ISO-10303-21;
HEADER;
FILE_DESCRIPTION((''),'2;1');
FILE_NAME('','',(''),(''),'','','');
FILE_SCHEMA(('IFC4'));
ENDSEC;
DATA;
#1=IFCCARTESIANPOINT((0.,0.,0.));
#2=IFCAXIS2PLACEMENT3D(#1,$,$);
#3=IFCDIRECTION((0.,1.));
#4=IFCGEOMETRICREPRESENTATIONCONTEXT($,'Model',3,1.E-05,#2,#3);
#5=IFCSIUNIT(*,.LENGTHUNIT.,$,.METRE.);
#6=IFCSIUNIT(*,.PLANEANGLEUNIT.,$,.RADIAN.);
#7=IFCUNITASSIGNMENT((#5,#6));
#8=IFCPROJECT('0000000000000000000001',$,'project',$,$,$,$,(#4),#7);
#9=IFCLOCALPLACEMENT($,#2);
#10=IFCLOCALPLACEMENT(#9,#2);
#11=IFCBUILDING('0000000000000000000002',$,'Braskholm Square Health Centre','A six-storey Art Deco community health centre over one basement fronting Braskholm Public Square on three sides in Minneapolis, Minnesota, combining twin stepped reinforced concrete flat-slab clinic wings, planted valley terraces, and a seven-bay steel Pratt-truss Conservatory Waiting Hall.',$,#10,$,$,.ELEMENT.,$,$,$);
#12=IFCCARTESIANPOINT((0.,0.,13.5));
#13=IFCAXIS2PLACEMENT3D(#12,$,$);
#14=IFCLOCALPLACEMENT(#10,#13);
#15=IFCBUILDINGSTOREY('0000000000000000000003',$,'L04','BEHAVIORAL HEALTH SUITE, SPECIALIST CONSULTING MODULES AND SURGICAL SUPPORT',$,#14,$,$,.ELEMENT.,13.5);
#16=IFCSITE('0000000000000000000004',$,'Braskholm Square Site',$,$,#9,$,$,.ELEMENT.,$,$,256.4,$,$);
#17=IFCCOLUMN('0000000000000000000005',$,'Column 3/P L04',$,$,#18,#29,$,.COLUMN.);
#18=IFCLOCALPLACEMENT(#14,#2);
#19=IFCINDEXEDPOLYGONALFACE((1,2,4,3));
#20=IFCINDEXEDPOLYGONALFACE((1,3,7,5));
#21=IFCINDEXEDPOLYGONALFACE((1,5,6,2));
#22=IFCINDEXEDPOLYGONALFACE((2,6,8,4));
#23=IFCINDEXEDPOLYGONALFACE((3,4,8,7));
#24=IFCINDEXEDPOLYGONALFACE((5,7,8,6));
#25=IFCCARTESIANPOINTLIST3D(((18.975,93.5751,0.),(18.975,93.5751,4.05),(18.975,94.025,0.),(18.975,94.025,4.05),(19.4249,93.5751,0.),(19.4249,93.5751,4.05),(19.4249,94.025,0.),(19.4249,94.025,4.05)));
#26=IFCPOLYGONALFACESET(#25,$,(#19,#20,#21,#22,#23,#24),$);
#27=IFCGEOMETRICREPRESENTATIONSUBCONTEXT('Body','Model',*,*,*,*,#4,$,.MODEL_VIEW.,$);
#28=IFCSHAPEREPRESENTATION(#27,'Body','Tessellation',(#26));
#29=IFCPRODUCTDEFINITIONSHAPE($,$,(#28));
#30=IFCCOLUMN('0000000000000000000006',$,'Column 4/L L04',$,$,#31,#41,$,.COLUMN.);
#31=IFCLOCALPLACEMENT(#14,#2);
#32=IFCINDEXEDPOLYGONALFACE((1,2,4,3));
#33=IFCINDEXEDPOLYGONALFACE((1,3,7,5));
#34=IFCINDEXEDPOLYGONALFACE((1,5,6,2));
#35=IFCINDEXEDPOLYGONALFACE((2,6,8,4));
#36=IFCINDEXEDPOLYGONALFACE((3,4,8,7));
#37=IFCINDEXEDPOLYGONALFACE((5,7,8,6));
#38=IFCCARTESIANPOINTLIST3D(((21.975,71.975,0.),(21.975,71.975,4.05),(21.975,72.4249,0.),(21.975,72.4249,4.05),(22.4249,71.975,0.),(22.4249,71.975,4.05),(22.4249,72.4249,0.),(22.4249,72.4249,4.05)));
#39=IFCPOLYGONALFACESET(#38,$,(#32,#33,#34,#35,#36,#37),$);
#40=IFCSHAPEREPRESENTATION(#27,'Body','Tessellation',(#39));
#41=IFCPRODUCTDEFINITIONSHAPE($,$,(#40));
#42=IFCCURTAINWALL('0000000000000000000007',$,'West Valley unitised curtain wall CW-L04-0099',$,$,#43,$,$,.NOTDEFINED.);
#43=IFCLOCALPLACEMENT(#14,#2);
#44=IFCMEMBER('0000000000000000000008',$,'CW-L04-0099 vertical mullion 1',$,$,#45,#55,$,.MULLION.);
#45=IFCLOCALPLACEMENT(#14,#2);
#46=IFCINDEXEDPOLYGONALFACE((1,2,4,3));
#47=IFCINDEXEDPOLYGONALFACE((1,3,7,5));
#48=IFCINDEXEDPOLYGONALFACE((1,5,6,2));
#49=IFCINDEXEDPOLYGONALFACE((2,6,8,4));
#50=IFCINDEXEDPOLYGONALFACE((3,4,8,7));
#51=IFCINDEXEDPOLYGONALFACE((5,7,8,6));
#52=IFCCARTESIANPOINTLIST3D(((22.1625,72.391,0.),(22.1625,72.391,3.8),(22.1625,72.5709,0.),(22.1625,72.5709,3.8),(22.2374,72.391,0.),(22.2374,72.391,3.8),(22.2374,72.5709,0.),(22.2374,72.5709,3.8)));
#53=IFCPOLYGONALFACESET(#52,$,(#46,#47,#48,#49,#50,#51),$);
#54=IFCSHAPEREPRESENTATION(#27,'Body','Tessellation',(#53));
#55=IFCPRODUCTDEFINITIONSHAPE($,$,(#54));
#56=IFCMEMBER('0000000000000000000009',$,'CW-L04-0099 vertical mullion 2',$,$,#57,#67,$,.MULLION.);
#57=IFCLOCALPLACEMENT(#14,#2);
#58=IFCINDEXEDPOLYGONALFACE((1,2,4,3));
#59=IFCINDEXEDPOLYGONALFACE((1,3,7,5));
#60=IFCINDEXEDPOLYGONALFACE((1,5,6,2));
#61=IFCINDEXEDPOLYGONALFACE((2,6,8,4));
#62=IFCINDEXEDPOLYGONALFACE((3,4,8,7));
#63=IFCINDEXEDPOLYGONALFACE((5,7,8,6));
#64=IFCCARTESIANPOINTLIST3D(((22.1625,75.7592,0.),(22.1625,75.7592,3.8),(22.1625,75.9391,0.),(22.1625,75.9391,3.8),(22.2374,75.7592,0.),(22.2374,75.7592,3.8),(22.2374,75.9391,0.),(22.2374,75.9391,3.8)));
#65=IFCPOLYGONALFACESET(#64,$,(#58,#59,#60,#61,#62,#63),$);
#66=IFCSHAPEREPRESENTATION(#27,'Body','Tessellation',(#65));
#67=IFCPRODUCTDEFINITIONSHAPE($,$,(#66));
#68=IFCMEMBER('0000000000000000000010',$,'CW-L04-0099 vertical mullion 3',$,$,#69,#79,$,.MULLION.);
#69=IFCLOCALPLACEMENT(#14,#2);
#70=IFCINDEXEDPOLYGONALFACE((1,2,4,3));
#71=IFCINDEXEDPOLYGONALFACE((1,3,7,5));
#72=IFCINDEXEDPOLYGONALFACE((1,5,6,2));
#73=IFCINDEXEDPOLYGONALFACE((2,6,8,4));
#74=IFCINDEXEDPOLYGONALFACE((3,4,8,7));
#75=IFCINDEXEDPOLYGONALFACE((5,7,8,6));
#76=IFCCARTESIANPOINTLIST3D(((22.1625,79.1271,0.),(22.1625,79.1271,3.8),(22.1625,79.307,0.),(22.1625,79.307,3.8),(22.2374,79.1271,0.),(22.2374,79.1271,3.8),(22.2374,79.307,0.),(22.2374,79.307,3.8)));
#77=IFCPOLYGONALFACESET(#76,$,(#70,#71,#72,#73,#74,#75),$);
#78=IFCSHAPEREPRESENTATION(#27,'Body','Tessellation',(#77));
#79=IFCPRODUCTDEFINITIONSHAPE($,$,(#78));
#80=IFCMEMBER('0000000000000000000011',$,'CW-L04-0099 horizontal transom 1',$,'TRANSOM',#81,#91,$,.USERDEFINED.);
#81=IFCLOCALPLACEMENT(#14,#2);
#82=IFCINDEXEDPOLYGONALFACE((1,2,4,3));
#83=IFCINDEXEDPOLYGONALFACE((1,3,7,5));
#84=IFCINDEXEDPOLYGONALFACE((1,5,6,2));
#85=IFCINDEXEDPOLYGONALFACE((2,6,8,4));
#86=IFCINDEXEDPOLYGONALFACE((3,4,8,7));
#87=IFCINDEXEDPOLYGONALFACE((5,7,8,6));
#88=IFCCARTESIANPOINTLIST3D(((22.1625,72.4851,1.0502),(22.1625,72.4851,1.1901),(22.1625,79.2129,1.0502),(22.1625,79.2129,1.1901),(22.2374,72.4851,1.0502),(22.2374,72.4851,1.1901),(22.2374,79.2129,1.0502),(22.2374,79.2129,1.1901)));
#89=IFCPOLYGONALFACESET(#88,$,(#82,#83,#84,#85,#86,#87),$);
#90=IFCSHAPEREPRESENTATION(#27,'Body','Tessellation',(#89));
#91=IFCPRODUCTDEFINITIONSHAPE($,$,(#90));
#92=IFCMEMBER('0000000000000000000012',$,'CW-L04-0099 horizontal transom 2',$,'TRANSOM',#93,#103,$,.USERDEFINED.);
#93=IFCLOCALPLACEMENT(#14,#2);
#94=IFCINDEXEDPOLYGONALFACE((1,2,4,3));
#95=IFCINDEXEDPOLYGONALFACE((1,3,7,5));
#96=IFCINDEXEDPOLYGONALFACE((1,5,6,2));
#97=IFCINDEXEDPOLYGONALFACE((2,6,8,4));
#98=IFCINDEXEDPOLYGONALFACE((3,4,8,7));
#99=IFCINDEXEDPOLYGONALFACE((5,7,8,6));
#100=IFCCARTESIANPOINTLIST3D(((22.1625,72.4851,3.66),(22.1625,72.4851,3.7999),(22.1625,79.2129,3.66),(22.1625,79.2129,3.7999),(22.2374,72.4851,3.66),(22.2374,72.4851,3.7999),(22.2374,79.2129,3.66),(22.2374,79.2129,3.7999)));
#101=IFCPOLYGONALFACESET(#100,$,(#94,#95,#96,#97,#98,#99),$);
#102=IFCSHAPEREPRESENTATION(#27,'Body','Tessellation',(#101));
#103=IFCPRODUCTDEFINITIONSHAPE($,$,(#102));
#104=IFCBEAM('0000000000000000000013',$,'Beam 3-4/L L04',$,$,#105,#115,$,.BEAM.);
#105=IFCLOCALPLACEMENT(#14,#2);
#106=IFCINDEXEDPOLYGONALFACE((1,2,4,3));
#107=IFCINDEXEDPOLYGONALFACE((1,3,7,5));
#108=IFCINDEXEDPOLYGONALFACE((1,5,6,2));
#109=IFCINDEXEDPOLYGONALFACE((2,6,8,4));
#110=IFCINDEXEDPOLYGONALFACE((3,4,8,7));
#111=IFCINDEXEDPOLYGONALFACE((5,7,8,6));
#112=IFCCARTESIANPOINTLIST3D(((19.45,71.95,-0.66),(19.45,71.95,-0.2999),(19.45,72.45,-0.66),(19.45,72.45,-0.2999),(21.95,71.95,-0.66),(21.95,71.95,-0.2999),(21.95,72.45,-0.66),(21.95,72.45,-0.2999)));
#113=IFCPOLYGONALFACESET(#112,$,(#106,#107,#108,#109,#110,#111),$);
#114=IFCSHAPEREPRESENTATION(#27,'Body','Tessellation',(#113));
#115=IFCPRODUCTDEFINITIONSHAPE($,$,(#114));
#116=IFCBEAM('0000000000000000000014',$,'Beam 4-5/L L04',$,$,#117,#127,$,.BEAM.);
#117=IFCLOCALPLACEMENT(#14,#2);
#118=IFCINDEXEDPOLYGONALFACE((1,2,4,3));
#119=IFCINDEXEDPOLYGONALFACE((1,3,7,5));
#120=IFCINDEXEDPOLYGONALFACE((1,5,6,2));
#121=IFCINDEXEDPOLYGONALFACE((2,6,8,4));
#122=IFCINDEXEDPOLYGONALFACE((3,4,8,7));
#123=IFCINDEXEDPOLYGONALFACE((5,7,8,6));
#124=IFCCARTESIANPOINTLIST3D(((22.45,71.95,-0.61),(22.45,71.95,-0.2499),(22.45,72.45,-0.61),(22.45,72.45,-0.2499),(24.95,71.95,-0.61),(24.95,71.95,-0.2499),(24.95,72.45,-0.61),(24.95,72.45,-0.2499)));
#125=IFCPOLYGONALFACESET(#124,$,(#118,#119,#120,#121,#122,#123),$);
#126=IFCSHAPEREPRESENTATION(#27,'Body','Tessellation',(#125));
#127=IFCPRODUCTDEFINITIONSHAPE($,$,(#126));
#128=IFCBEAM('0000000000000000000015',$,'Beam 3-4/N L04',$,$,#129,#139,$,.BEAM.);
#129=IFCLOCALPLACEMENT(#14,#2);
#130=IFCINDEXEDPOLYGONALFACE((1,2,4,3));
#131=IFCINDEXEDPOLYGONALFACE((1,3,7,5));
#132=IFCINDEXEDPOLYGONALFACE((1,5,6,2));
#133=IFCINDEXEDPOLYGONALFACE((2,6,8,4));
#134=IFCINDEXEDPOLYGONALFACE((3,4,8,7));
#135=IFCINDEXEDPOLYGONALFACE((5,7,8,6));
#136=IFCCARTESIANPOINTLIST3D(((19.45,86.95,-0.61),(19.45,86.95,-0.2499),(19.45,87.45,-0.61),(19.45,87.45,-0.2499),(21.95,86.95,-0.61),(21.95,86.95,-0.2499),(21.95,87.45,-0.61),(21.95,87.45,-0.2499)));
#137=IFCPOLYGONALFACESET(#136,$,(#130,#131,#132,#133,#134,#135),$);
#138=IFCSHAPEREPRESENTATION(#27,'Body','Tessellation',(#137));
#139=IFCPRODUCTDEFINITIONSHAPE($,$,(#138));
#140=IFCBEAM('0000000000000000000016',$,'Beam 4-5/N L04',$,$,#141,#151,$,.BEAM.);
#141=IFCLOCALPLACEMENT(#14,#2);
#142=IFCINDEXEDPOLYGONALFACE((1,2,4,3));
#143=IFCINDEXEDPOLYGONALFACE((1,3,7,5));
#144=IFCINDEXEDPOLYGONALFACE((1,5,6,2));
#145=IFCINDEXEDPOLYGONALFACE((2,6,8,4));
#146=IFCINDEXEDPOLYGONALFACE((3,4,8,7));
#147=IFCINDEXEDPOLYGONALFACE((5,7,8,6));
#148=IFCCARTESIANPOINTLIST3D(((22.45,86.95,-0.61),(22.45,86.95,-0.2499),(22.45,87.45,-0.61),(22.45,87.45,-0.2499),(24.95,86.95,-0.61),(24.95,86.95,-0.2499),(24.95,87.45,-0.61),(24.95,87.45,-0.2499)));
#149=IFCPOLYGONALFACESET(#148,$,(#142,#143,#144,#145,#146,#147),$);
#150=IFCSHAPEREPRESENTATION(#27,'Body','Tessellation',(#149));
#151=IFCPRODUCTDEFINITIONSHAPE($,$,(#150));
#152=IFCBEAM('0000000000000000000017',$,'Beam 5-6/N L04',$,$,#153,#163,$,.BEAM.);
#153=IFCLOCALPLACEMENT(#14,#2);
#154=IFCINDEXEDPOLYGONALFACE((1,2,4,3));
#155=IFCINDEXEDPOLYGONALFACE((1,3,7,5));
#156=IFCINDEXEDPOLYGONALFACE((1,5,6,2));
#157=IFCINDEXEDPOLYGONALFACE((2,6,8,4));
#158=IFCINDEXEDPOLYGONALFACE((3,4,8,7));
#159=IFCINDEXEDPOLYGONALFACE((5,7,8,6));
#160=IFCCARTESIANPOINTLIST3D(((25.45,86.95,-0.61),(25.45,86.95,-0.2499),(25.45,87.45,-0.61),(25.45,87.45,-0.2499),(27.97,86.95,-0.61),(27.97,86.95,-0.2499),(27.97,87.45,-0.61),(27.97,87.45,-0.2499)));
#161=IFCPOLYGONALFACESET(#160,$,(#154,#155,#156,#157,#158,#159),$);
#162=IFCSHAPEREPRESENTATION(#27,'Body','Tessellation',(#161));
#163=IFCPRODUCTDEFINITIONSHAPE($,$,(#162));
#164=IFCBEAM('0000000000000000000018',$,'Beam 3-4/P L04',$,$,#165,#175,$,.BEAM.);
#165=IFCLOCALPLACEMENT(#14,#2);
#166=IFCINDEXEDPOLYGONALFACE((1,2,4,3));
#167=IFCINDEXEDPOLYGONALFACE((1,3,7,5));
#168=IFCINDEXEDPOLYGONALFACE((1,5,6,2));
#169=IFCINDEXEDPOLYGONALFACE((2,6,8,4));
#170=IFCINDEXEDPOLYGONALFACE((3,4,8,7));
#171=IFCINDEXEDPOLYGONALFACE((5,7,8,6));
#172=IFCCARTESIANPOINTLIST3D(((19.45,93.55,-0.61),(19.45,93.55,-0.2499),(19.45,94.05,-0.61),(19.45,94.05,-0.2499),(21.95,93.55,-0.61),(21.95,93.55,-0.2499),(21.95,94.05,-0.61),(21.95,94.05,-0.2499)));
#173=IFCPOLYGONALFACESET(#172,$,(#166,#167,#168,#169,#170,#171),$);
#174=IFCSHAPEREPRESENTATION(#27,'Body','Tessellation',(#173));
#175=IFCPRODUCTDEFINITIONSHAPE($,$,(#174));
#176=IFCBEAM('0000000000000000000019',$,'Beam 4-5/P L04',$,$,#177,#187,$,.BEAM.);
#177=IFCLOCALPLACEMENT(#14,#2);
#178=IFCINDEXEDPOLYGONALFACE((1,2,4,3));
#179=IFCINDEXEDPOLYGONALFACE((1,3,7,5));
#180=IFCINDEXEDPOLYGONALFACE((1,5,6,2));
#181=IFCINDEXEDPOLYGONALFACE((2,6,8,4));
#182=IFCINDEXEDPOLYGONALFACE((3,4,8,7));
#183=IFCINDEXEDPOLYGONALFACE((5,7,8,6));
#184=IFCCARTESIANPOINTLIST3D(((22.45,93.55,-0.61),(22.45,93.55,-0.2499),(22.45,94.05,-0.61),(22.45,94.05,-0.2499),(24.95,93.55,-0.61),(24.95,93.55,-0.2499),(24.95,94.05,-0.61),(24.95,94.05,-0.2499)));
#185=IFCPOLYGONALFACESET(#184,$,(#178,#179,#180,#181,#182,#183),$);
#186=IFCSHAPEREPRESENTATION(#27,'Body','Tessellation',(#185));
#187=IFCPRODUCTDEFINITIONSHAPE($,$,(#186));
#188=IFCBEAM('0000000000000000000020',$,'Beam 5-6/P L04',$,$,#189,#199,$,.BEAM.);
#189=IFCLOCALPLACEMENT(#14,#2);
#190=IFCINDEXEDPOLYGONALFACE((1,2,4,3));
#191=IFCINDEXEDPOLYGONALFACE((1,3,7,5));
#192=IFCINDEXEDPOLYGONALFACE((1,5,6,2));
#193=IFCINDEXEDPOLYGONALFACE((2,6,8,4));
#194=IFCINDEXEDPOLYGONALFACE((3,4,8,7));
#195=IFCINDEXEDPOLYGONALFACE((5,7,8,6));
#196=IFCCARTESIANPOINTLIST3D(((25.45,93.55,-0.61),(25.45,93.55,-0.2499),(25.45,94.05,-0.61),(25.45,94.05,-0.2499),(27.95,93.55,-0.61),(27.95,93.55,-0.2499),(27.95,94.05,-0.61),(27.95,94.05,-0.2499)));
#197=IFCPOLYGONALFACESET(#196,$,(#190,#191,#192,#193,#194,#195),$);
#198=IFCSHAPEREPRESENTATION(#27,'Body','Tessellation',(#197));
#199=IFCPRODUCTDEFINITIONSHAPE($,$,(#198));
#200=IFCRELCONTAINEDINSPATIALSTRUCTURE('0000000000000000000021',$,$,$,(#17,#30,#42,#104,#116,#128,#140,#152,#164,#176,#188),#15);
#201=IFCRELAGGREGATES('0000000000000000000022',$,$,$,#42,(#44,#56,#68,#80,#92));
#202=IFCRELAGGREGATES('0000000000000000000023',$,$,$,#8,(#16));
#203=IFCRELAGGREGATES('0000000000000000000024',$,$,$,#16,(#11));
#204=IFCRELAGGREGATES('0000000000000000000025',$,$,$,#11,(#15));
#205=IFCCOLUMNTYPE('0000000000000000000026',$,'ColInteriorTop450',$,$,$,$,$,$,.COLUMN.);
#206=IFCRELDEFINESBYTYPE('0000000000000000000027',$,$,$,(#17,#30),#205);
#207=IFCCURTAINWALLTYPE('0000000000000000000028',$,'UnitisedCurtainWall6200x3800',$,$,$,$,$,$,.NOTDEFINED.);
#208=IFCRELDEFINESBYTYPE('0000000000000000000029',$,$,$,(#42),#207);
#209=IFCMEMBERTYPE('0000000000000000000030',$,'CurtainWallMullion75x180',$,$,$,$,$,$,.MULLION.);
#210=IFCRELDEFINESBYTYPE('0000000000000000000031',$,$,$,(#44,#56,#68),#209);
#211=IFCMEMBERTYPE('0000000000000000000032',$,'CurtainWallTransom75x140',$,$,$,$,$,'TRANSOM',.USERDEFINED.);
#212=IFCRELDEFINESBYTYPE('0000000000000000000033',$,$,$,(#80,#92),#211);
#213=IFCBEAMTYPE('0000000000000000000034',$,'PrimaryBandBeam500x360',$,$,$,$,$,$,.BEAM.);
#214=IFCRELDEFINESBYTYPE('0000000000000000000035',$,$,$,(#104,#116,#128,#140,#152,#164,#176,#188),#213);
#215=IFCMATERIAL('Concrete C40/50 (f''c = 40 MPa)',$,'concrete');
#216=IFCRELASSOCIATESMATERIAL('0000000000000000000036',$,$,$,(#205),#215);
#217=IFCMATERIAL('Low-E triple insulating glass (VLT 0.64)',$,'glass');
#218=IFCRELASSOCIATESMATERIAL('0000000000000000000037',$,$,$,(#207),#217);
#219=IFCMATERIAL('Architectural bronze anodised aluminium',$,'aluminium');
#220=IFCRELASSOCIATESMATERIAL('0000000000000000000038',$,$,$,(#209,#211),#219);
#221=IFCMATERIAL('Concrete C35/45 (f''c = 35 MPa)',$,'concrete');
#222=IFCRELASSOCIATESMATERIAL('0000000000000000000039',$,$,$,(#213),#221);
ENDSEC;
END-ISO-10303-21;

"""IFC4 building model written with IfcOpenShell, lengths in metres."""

from ifc_helpers import new_model, si_unit, direction, frame, origin, origin_2d, place, context, subcontext, project, spatial, rectangle, extrude, material, material_profile, profile_set, type_object, element, aggregate, save


model = new_model("IFC4")

# Units and contexts
model_context = context("Model", 3, precision=1e-05, world=origin(), true_north=direction((0.0, 1.0)))
body_context = subcontext(model_context, "Body", "Model", "MODEL_VIEW")
ifc_project = project(units=[si_unit("LENGTHUNIT", "METRE"), si_unit("PLANEANGLEUNIT", "RADIAN")], contexts=[model_context])

# Site, building, storey
site_placement = place(None, origin())
site = spatial("IfcSite", under=ifc_project, at=site_placement, Name="Braskholm Square Site", CompositionType="ELEMENT", RefElevation=256.4)
building_placement = place(site_placement, origin())
building = spatial("IfcBuilding", under=site, at=building_placement, Name="Braskholm Square Health Centre", Description="A six-storey Art Deco community health centre over one basement fronting Braskholm Public Square on three sides in Minneapolis, Minnesota, combining twin stepped reinforced concrete flat-slab clinic wings, planted valley terraces, and a seven-bay steel Pratt-truss Conservatory Waiting Hall.", CompositionType="ELEMENT")
storey_placement = place(building_placement, frame((0.0, 0.0, 13.5)))
storey = spatial("IfcBuildingStorey", under=building, at=storey_placement, Name="L04", Description="BEHAVIORAL HEALTH SUITE, SPECIALIST CONSULTING MODULES AND SURGICAL SUPPORT", CompositionType="ELEMENT", Elevation=13.5)

# Columns
ifc_material_1 = material(Name="Concrete C40/50 (f'c = 40 MPa)", Category="concrete")
ifc_material_profile_1 = material_profile(ifc_material_1, rectangle(XDim=0.45, YDim=0.45, at=origin_2d()), Name="RC-450X450")
ifc_profile_set_1 = profile_set([ifc_material_profile_1], Name="Concrete C40/50 (f'c = 40 MPa)")
column_type = type_object("IfcColumnType", Name="ColInteriorTop450", PredefinedType="COLUMN", material=ifc_profile_set_1)
for number, where, z_axis, x_axis, name in (
    (1, (19.2, 93.8, 0.0), (0.0, 0.0, 1.0), (1.0, 0.0, 0.0), "Column 3/P L04"),
    (2, (22.2, 72.2, 0.0), (0.0, 0.0, 1.0), (1.0, 0.0, 0.0), "Column 4/L L04"),
):
    element("IfcColumn", number, at=place(storey_placement, frame(where, z_axis=z_axis, x_axis=x_axis)), inside=storey, type_object=column_type, Name=name, PredefinedType="COLUMN", context=body_context, shape_type="SweptSolid", body=[
        extrude(rectangle(XDim=0.45, YDim=0.45, at=origin_2d()), origin(), (0.0, 0.0, 1.0), 4.05),
    ])

# Curtain wall, members
ifc_material_2 = material(Name="Low-E triple insulating glass (VLT 0.64)", Category="glass")
curtain_wall_type = type_object("IfcCurtainWallType", Name="UnitisedCurtainWall6200x3800", PredefinedType="NOTDEFINED", material=ifc_material_2)
curtain_wall_placement = place(storey_placement, origin())
curtain_wall = element("IfcCurtainWall", 3, at=curtain_wall_placement, inside=storey, type_object=curtain_wall_type, Name="West Valley unitised curtain wall CW-L04-0099", PredefinedType="NOTDEFINED")
ifc_material_3 = material(Name="Architectural bronze anodised aluminium", Category="aluminium")
ifc_material_profile_2 = material_profile(ifc_material_3, rectangle(XDim=0.075, YDim=0.1799, at=origin_2d()), Name="ALU-75X180")
ifc_profile_set_2 = profile_set([ifc_material_profile_2], Name="Architectural bronze anodised aluminium")
member_type_1 = type_object("IfcMemberType", Name="CurtainWallMullion75x180", PredefinedType="MULLION", material=ifc_profile_set_2)
member_1_placement = place(storey_placement, frame((22.2, 72.481, 0.0), z_axis=(0.0, 0.0, 1.0), x_axis=(1.0, 0.0, 0.0)))
member_1 = element("IfcMember", 4, at=member_1_placement, type_object=member_type_1, Name="CW-L04-0099 vertical mullion 1", PredefinedType="MULLION", context=body_context, shape_type="SweptSolid", body=[
    extrude(rectangle(XDim=0.075, YDim=0.1799, at=origin_2d()), origin(), (0.0, 0.0, 1.0), 3.8),
])
member_2_placement = place(storey_placement, frame((22.2, 75.8491, 0.0), z_axis=(0.0, 0.0, 1.0), x_axis=(1.0, 0.0, 0.0)))
member_2 = element("IfcMember", 5, at=member_2_placement, type_object=member_type_1, Name="CW-L04-0099 vertical mullion 2", PredefinedType="MULLION", context=body_context, shape_type="SweptSolid", body=[
    extrude(rectangle(XDim=0.075, YDim=0.1799, at=origin_2d()), origin(), (0.0, 0.0, 1.0), 3.8),
])
member_3_placement = place(storey_placement, frame((22.2, 79.217, 0.0), z_axis=(0.0, 0.0, 1.0), x_axis=(1.0, 0.0, 0.0)))
member_3 = element("IfcMember", 6, at=member_3_placement, type_object=member_type_1, Name="CW-L04-0099 vertical mullion 3", PredefinedType="MULLION", context=body_context, shape_type="SweptSolid", body=[
    extrude(rectangle(XDim=0.075, YDim=0.1799, at=origin_2d()), origin(), (0.0, 0.0, 1.0), 3.8),
])
ifc_material_profile_3 = material_profile(ifc_material_3, rectangle(XDim=0.075, YDim=0.1399, at=origin_2d()), Name="ALU-75X140")
ifc_profile_set_3 = profile_set([ifc_material_profile_3], Name="Architectural bronze anodised aluminium")
member_type_2 = type_object("IfcMemberType", Name="CurtainWallTransom75x140", ElementType="TRANSOM", PredefinedType="USERDEFINED", material=ifc_profile_set_3)
member_4_placement = place(storey_placement, frame((22.2, 72.4851, 1.1201), z_axis=(0.0, 1.0, 0.0), x_axis=(-1.0, 0.0, 0.0)))
member_4 = element("IfcMember", 7, at=member_4_placement, type_object=member_type_2, Name="CW-L04-0099 horizontal transom 1", ObjectType="TRANSOM", PredefinedType="USERDEFINED", context=body_context, shape_type="SweptSolid", body=[
    extrude(rectangle(XDim=0.075, YDim=0.1399, at=origin_2d()), origin(), (0.0, 0.0, 1.0), 6.7278),
])
member_5_placement = place(storey_placement, frame((22.2, 72.4851, 3.73), z_axis=(0.0, 1.0, 0.0), x_axis=(-1.0, 0.0, 0.0)))
member_5 = element("IfcMember", 8, at=member_5_placement, type_object=member_type_2, Name="CW-L04-0099 horizontal transom 2", ObjectType="TRANSOM", PredefinedType="USERDEFINED", context=body_context, shape_type="SweptSolid", body=[
    extrude(rectangle(XDim=0.075, YDim=0.1399, at=origin_2d()), origin(), (0.0, 0.0, 1.0), 6.7278),
])

# Beams
ifc_material_4 = material(Name="Concrete C35/45 (f'c = 35 MPa)", Category="concrete")
ifc_material_profile_4 = material_profile(ifc_material_4, rectangle(XDim=0.5, YDim=0.3601, at=origin_2d()), Name="RCB-500X360")
ifc_profile_set_4 = profile_set([ifc_material_profile_4], Name="Concrete C35/45 (f'c = 35 MPa)")
beam_type_1 = type_object("IfcBeamType", Name="PrimaryBandBeam500x360", PredefinedType="BEAM", material=ifc_profile_set_4)
for number, where, z_axis, x_axis, name in (
    (9, (19.45, 72.2, -0.48), (1.0, 0.0, 0.0), (0.0, 1.0, 0.0), "Beam 3-4/L L04"),
    (10, (22.45, 72.2, -0.4299), (1.0, 0.0, 0.0), (0.0, 1.0, 0.0), "Beam 4-5/L L04"),
    (11, (19.45, 87.2, -0.4299), (1.0, 0.0, 0.0), (0.0, 1.0, 0.0), "Beam 3-4/N L04"),
    (12, (22.45, 87.2, -0.4299), (1.0, 0.0, 0.0), (0.0, 1.0, 0.0), "Beam 4-5/N L04"),
):
    element("IfcBeam", number, at=place(storey_placement, frame(where, z_axis=z_axis, x_axis=x_axis)), inside=storey, type_object=beam_type_1, Name=name, PredefinedType="BEAM", context=body_context, shape_type="SweptSolid", body=[
        extrude(rectangle(XDim=0.5, YDim=0.3601, at=origin_2d()), origin(), (0.0, 0.0, 1.0), 2.5),
    ])
beam_1_placement = place(storey_placement, frame((25.45, 87.2, -0.4299), z_axis=(1.0, 0.0, 0.0), x_axis=(0.0, 1.0, 0.0)))
element("IfcBeam", 13, at=beam_1_placement, inside=storey, type_object=beam_type_1, Name="Beam 5-6/N L04", PredefinedType="BEAM", context=body_context, shape_type="SweptSolid", body=[
    extrude(rectangle(XDim=0.5, YDim=0.3601, at=origin_2d()), origin(), (0.0, 0.0, 1.0), 2.52),
])
for number, where, z_axis, x_axis, name in (
    (14, (19.45, 93.8, -0.4299), (1.0, 0.0, 0.0), (0.0, 1.0, 0.0), "Beam 3-4/P L04"),
    (15, (22.45, 93.8, -0.4299), (1.0, 0.0, 0.0), (0.0, 1.0, 0.0), "Beam 4-5/P L04"),
    (16, (25.45, 93.8, -0.4299), (1.0, 0.0, 0.0), (0.0, 1.0, 0.0), "Beam 5-6/P L04"),
):
    element("IfcBeam", number, at=place(storey_placement, frame(where, z_axis=z_axis, x_axis=x_axis)), inside=storey, type_object=beam_type_1, Name=name, PredefinedType="BEAM", context=body_context, shape_type="SweptSolid", body=[
        extrude(rectangle(XDim=0.5, YDim=0.3601, at=origin_2d()), origin(), (0.0, 0.0, 1.0), 2.5),
    ])

aggregate(curtain_wall, [member_1, member_2, member_3, member_4, member_5])

save(model, "model.ifc")
